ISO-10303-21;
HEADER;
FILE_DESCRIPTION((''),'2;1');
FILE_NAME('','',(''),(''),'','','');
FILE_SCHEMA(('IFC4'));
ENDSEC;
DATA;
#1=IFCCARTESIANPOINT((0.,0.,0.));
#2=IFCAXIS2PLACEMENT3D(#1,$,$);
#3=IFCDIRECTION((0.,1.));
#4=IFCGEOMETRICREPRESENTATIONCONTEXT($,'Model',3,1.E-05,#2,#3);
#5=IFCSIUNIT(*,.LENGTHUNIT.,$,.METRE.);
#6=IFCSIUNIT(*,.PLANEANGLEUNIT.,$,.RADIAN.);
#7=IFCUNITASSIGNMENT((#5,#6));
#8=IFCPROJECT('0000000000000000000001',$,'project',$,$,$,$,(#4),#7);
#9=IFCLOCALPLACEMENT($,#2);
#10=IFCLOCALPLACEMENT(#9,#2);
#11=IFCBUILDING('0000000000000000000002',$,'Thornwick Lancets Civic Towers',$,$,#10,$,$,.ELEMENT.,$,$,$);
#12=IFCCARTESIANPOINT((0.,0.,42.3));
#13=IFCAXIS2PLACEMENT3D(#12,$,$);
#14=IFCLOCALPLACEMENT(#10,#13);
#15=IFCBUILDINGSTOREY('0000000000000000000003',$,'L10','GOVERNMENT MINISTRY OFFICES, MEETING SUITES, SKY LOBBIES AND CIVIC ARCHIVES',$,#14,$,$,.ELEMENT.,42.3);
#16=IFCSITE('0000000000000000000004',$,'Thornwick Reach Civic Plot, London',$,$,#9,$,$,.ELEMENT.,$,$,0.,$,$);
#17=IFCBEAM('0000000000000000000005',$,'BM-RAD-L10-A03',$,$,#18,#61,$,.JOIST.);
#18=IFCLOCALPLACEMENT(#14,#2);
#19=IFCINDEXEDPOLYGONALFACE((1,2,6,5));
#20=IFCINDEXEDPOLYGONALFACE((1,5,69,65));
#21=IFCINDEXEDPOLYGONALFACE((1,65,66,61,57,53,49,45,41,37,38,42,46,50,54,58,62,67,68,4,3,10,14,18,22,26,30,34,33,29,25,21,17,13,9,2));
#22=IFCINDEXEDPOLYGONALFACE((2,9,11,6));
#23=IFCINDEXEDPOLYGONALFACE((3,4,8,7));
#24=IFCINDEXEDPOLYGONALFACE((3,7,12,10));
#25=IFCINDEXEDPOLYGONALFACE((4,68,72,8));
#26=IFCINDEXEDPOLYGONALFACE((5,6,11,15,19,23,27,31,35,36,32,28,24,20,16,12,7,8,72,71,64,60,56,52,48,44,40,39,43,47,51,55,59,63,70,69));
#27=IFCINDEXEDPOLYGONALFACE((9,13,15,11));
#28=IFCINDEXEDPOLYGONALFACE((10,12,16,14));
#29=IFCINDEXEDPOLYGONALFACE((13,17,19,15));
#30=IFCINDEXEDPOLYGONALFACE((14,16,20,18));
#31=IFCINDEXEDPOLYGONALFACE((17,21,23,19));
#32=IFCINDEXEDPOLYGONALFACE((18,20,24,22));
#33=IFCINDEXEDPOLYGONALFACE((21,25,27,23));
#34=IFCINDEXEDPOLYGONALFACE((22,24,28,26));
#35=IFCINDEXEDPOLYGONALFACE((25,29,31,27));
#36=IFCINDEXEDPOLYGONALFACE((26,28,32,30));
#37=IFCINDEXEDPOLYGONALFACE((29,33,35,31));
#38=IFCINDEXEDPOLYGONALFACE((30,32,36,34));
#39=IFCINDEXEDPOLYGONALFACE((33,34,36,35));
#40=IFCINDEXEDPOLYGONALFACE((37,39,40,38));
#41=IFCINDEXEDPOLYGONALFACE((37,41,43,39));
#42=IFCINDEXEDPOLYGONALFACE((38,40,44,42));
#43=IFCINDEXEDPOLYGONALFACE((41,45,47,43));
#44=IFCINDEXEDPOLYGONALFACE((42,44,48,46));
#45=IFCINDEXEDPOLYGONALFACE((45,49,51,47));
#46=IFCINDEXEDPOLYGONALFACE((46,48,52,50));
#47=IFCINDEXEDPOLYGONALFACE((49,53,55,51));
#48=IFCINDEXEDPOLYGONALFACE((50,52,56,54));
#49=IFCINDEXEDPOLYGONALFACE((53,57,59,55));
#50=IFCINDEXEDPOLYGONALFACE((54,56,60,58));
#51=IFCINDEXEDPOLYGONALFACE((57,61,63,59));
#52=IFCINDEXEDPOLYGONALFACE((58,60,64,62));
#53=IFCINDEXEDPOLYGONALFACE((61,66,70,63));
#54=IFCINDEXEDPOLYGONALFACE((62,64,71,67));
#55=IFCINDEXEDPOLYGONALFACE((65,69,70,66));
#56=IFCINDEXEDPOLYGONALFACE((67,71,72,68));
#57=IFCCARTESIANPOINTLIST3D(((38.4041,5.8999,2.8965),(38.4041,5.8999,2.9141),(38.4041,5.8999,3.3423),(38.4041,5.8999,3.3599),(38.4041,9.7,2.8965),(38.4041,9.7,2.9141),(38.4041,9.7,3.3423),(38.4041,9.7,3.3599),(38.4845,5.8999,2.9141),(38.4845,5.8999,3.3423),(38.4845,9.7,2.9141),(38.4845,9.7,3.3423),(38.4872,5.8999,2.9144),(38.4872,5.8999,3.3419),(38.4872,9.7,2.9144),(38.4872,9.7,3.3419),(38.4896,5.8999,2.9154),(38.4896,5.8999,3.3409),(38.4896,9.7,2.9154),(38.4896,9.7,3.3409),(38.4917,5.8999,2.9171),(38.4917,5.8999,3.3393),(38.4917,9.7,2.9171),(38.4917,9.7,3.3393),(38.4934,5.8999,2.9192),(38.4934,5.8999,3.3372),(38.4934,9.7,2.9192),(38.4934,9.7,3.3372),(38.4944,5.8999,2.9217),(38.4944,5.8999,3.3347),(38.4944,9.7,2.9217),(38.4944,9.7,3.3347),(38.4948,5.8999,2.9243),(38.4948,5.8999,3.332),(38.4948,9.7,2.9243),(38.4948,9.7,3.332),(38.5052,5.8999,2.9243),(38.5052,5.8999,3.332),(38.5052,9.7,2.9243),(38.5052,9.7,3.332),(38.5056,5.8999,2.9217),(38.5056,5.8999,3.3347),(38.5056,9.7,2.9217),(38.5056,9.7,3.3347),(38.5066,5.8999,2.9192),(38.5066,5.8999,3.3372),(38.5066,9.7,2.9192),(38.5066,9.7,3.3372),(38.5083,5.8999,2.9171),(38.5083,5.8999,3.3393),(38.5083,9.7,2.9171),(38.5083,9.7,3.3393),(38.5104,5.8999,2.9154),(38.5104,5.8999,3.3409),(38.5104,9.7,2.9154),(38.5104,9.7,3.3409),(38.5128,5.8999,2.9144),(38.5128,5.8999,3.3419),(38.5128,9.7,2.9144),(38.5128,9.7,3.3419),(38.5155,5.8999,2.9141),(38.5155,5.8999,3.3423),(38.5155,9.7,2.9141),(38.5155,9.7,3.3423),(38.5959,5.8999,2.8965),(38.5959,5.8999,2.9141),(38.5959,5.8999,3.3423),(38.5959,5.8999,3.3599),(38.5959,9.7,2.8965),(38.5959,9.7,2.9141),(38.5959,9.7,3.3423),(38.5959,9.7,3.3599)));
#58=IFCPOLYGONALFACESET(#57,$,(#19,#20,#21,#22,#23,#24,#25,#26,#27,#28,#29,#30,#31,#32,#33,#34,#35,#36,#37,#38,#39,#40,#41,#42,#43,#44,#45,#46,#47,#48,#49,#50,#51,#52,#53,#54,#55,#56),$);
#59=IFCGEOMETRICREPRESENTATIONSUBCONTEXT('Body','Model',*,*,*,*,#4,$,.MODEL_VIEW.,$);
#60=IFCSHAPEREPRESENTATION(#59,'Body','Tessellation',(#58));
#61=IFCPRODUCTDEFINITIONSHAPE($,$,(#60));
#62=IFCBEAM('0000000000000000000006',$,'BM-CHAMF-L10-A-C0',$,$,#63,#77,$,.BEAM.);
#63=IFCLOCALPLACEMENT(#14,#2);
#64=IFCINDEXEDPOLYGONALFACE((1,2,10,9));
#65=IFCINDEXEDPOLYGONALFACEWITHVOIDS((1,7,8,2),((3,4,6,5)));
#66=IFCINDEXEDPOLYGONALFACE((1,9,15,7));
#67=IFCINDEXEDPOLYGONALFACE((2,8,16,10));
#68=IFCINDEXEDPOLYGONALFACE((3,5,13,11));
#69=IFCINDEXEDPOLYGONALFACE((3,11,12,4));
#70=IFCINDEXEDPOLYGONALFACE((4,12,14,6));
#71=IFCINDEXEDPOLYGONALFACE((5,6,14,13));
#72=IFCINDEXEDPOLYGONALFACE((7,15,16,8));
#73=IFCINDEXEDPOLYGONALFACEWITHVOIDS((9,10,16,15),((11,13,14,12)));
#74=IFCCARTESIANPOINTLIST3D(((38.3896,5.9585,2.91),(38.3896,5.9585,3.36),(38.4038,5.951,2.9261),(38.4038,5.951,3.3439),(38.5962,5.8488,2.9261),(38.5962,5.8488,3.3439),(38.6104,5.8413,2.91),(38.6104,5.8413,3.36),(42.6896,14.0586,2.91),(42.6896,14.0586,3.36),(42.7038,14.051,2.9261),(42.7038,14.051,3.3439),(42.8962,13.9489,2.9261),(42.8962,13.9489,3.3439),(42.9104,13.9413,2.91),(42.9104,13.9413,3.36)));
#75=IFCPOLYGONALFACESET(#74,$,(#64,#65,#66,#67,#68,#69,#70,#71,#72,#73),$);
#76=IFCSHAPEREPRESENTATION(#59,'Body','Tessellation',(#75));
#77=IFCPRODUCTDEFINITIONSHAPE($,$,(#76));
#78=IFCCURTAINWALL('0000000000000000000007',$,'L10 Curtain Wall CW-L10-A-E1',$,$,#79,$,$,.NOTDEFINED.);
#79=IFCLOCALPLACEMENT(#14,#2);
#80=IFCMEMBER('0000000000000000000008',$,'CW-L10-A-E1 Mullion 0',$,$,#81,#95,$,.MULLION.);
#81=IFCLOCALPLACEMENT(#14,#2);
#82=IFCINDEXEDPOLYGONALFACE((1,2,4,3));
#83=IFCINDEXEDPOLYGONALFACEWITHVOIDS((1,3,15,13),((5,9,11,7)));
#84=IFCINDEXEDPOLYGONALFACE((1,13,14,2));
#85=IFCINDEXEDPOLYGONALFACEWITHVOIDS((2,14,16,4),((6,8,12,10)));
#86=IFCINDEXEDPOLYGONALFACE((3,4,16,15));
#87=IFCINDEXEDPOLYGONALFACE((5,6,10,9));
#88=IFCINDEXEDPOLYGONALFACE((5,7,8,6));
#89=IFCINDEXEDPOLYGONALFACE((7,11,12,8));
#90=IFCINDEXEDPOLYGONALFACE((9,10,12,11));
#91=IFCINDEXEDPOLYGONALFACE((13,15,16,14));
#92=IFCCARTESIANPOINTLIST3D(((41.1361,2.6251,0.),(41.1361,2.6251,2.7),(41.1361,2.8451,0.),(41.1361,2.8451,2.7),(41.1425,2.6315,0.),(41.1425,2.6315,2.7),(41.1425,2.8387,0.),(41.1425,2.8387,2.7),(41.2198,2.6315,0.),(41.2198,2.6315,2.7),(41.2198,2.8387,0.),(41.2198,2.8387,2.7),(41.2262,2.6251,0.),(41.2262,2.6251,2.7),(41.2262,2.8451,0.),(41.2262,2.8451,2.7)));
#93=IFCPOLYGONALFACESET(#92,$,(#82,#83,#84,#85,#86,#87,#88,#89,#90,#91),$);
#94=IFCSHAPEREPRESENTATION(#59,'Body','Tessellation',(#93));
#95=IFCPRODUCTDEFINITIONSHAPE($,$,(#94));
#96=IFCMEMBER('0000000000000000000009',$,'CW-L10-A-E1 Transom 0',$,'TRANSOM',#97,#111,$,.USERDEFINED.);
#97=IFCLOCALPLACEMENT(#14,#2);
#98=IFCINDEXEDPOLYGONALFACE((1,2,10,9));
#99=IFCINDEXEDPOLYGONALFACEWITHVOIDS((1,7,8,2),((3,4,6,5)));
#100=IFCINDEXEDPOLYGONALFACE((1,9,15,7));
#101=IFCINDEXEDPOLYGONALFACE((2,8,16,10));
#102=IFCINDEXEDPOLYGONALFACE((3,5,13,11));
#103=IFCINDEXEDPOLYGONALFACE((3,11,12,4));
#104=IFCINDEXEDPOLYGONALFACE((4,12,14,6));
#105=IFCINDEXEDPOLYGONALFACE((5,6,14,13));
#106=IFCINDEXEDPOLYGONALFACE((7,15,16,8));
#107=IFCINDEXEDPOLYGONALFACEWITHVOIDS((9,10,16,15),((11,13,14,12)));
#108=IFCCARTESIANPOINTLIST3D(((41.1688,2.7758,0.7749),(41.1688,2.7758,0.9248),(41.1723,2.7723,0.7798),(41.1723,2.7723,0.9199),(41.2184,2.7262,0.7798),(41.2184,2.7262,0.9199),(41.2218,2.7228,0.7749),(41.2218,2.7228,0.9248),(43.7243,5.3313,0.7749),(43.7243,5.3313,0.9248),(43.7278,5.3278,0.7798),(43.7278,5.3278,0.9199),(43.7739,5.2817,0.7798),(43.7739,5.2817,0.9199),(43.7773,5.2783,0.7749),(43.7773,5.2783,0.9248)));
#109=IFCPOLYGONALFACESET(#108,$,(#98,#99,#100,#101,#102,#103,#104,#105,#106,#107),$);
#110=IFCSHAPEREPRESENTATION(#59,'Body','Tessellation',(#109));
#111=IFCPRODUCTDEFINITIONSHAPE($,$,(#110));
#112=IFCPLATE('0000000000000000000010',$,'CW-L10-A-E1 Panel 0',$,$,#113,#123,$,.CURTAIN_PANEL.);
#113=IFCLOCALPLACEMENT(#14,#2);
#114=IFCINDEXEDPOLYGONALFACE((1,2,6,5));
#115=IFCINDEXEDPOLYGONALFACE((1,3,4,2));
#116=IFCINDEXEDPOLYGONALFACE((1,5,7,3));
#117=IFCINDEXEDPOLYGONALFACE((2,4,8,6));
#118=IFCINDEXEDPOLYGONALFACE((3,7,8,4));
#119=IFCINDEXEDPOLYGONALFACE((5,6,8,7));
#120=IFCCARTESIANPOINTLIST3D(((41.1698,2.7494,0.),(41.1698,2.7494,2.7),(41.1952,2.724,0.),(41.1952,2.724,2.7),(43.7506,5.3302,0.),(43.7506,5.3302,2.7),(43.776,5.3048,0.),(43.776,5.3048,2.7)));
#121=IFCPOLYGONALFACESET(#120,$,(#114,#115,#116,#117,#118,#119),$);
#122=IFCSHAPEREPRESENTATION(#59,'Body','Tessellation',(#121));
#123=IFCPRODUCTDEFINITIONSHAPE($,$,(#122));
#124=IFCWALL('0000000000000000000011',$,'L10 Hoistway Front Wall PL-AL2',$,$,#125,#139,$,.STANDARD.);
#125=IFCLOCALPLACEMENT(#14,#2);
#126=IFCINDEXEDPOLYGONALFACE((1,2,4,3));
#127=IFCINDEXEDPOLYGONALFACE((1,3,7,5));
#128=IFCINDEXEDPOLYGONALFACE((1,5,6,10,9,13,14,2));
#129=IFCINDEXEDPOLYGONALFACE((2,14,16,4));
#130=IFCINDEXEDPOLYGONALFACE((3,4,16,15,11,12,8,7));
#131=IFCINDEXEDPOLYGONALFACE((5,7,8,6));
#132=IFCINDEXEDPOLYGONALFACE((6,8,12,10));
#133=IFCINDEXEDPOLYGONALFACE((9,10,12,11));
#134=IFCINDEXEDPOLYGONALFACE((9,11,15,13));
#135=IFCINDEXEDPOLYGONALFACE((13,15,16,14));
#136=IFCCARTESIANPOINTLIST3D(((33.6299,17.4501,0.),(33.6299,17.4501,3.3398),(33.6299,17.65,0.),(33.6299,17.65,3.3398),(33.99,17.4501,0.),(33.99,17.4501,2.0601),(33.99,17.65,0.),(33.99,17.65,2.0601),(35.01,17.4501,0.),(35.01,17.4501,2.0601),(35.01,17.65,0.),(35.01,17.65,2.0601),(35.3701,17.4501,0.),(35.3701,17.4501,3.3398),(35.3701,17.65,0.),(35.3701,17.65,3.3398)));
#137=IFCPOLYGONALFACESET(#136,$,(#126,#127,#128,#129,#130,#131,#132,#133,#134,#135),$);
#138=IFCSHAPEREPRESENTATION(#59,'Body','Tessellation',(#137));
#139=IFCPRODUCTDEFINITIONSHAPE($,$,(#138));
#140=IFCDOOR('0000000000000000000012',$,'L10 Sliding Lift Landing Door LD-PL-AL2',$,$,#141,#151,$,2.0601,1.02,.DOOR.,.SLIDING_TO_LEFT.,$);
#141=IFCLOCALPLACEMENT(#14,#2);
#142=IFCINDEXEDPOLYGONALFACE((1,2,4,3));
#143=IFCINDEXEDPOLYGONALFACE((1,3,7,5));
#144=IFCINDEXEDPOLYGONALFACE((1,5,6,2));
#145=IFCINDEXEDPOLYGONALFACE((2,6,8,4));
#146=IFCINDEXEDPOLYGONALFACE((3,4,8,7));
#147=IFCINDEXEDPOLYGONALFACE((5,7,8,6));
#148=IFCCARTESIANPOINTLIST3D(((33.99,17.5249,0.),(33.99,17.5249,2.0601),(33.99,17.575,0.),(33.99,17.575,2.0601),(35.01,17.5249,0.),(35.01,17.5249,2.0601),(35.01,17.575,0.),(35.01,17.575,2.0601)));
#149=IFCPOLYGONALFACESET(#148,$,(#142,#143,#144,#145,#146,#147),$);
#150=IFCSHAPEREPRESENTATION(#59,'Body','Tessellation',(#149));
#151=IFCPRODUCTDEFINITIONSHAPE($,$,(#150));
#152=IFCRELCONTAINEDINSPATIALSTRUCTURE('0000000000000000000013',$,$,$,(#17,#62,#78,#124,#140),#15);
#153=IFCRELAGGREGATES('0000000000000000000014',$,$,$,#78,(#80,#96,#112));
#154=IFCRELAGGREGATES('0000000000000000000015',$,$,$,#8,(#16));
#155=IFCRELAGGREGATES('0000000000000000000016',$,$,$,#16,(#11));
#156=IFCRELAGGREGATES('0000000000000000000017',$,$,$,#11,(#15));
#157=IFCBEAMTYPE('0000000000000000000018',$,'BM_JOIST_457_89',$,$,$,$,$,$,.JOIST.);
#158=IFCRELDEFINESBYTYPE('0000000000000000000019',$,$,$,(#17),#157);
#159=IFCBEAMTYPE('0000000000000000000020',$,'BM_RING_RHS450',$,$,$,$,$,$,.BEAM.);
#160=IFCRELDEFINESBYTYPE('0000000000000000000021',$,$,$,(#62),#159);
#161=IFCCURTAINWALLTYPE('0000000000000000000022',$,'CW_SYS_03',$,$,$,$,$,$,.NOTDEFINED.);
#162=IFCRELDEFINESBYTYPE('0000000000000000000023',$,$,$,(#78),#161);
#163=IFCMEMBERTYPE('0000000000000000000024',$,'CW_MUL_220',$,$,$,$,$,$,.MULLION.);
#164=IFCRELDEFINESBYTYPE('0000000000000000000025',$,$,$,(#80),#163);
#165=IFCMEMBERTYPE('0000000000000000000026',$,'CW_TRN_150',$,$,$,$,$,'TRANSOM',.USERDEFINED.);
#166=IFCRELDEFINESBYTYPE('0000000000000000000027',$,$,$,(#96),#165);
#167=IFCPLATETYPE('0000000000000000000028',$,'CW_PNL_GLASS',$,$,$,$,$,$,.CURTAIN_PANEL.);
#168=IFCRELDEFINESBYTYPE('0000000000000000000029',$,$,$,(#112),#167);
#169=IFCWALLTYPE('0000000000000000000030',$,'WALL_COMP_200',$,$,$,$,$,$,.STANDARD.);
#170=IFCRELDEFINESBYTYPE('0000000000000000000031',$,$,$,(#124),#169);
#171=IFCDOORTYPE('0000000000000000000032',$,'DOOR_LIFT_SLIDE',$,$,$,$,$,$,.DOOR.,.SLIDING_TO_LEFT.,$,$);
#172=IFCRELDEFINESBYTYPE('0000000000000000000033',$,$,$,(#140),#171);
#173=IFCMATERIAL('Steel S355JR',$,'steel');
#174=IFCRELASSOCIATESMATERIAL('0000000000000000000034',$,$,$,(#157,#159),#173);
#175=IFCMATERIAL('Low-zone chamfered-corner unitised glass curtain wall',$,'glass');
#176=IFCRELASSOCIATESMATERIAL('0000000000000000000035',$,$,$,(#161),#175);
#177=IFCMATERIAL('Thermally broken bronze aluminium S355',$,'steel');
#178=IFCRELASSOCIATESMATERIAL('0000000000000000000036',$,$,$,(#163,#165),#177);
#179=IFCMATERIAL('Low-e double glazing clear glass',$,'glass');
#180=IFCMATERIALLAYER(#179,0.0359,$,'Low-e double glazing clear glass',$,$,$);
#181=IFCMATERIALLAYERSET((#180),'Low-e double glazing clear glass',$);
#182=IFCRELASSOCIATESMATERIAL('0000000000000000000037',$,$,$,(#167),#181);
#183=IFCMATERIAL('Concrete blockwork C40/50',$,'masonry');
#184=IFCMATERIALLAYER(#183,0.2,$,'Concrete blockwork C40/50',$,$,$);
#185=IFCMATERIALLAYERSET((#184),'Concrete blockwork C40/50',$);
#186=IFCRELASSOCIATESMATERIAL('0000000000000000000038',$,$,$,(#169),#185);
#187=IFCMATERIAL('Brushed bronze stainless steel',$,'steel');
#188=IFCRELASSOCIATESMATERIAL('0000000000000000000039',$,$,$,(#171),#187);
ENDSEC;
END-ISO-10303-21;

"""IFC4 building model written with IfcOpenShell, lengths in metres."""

from ifc_helpers import new_model, si_unit, direction, frame, frame_2d, origin, origin_2d, place, context, subcontext, project, spatial, rectangle, hollow_rectangle, i_section, extrude, material, layer, layer_set, material_profile, profile_set, type_object, element, fill, aggregate, save


model = new_model("IFC4")

# Units and contexts
model_context = context("Model", 3, precision=1e-05, world=origin(), true_north=direction((0.0, 1.0)))
body_context = subcontext(model_context, "Body", "Model", "MODEL_VIEW")
ifc_project = project(units=[si_unit("LENGTHUNIT", "METRE"), si_unit("PLANEANGLEUNIT", "RADIAN")], contexts=[model_context])

# Site, building, storey
site_placement = place(None, origin())
site = spatial("IfcSite", under=ifc_project, at=site_placement, Name="Thornwick Reach Civic Plot, London", CompositionType="ELEMENT", RefElevation=0.0)
building_placement = place(site_placement, origin())
building = spatial("IfcBuilding", under=site, at=building_placement, Name="Thornwick Lancets Civic Towers", CompositionType="ELEMENT")
storey_placement = place(building_placement, frame((0.0, 0.0, 42.3)))
storey = spatial("IfcBuildingStorey", under=building, at=storey_placement, Name="L10", Description="GOVERNMENT MINISTRY OFFICES, MEETING SUITES, SKY LOBBIES AND CIVIC ARCHIVES", CompositionType="ELEMENT", Elevation=42.3)

# Beams
ifc_material_1 = material(Name="Steel S355JR", Category="steel")
ifc_material_profile_1 = material_profile(ifc_material_1, i_section(OverallWidth=0.1919, OverallDepth=0.4634, WebThickness=0.0105, FlangeThickness=0.0176, FilletRadius=0.0103, at=origin_2d()), Name="UKB 457x191x89")
ifc_profile_set_1 = profile_set([ifc_material_profile_1], Name="Steel S355JR")
beam_type_1 = type_object("IfcBeamType", Name="BM_JOIST_457_89", PredefinedType="JOIST", material=ifc_profile_set_1)
beam_1_placement = place(storey_placement, frame((38.5, 9.7, 3.1282), z_axis=(0.0, -1.0, 0.0), x_axis=(1.0, 0.0, 0.0)))
element("IfcBeam", 1, at=beam_1_placement, inside=storey, type_object=beam_type_1, Name="BM-RAD-L10-A03", PredefinedType="JOIST", context=body_context, shape_type="SweptSolid", body=[
    extrude(i_section(OverallWidth=0.1919, OverallDepth=0.4634, WebThickness=0.0105, FlangeThickness=0.0176, FilletRadius=0.0103, at=origin_2d()), origin(), (0.0, 0.0, 1.0), 3.8),
])
ifc_material_profile_2 = material_profile(ifc_material_1, hollow_rectangle(XDim=0.25, YDim=0.45, WallThickness=0.0161, at=origin_2d()), Name="RHS 450x250x16")
ifc_profile_set_2 = profile_set([ifc_material_profile_2], Name="Steel S355JR")
beam_type_2 = type_object("IfcBeamType", Name="BM_RING_RHS450", PredefinedType="BEAM", material=ifc_profile_set_2)
beam_2_placement = place(storey_placement, frame((38.5, 5.8999, 3.135), z_axis=(0.468889, 0.883257, 0.0), x_axis=(-0.883257, 0.468889, 0.0)))
element("IfcBeam", 2, at=beam_2_placement, inside=storey, type_object=beam_type_2, Name="BM-CHAMF-L10-A-C0", PredefinedType="BEAM", context=body_context, shape_type="SweptSolid", body=[
    extrude(hollow_rectangle(XDim=0.25, YDim=0.45, WallThickness=0.0161, at=origin_2d()), origin(), (0.0, 0.0, 1.0), 9.1707),
])

# Curtain wall, members, plate
ifc_material_2 = material(Name="Low-zone chamfered-corner unitised glass curtain wall", Category="glass")
curtain_wall_type = type_object("IfcCurtainWallType", Name="CW_SYS_03", PredefinedType="NOTDEFINED", material=ifc_material_2)
curtain_wall_placement = place(storey_placement, origin())
curtain_wall = element("IfcCurtainWall", 3, at=curtain_wall_placement, inside=storey, type_object=curtain_wall_type, Name="L10 Curtain Wall CW-L10-A-E1", PredefinedType="NOTDEFINED")
ifc_material_3 = material(Name="Thermally broken bronze aluminium S355", Category="steel")
ifc_material_profile_3 = material_profile(ifc_material_3, hollow_rectangle(XDim=0.0901, YDim=0.22, WallThickness=0.0063, at=origin_2d()), Name="RHS 220x90x6.3")
ifc_profile_set_3 = profile_set([ifc_material_profile_3], Name="Thermally broken bronze aluminium S355")
member_type_1 = type_object("IfcMemberType", Name="CW_MUL_220", PredefinedType="MULLION", material=ifc_profile_set_3)
member_1_placement = place(storey_placement, frame((41.1812, 2.7351, 0.0), z_axis=(0.0, 0.0, 1.0), x_axis=(1.0, 0.0, 0.0)))
member_1 = element("IfcMember", 4, at=member_1_placement, type_object=member_type_1, Name="CW-L10-A-E1 Mullion 0", PredefinedType="MULLION", context=body_context, shape_type="SweptSolid", body=[
    extrude(hollow_rectangle(XDim=0.0901, YDim=0.22, WallThickness=0.0063, at=origin_2d()), origin(), (0.0, 0.0, 1.0), 2.7),
])
ifc_material_profile_4 = material_profile(ifc_material_3, hollow_rectangle(XDim=0.075, YDim=0.1499, WallThickness=0.0049, at=origin_2d()), Name="RHS 150x75x5")
ifc_profile_set_4 = profile_set([ifc_material_profile_4], Name="Thermally broken bronze aluminium S355")
member_type_2 = type_object("IfcMemberType", Name="CW_TRN_150", ElementType="TRANSOM", PredefinedType="USERDEFINED", material=ifc_profile_set_4)
member_2_placement = place(storey_placement, frame((41.1953, 2.7493, 0.8499), z_axis=(0.707107, 0.707107, 0.0), x_axis=(-0.707107, 0.707107, 0.0)))
member_2 = element("IfcMember", 5, at=member_2_placement, type_object=member_type_2, Name="CW-L10-A-E1 Transom 0", ObjectType="TRANSOM", PredefinedType="USERDEFINED", context=body_context, shape_type="SweptSolid", body=[
    extrude(hollow_rectangle(XDim=0.075, YDim=0.1499, WallThickness=0.0049, at=origin_2d()), origin(), (0.0, 0.0, 1.0), 3.614),
])
ifc_material_4 = material(Name="Low-e double glazing clear glass", Category="glass")
ifc_layer_1 = layer(ifc_material_4, 0.0359, Name="Low-e double glazing clear glass")
ifc_layer_set_1 = layer_set([ifc_layer_1], Name="Low-e double glazing clear glass")
plate_type = type_object("IfcPlateType", Name="CW_PNL_GLASS", PredefinedType="CURTAIN_PANEL", material=ifc_layer_set_1)
plate_placement = place(storey_placement, frame((42.4729, 4.0271, 0.0), z_axis=(0.0, 0.0, 1.0), x_axis=(0.707107, 0.707107, 0.0)))
plate = element("IfcPlate", 6, at=plate_placement, type_object=plate_type, Name="CW-L10-A-E1 Panel 0", PredefinedType="CURTAIN_PANEL", context=body_context, shape_type="SweptSolid", body=[
    extrude(rectangle(XDim=3.6499, YDim=0.0359, at=origin_2d()), origin(), (0.0, 0.0, 1.0), 2.7),
])
aggregate(curtain_wall, [member_1, member_2, plate])

# Wall, opening, door
ifc_material_5 = material(Name="Concrete blockwork C40/50", Category="masonry")
ifc_layer_2 = layer(ifc_material_5, 0.2, Name="Concrete blockwork C40/50")
ifc_layer_set_2 = layer_set([ifc_layer_2], Name="Concrete blockwork C40/50")
wall_type_1 = type_object("IfcWallType", Name="WALL_COMP_200", PredefinedType="STANDARD", material=ifc_layer_set_2)
wall_1_placement = place(storey_placement, frame((33.6299, 17.55, 0.0), z_axis=(0.0, 0.0, 1.0), x_axis=(1.0, 0.0, 0.0)))
wall_1 = element("IfcWall", 7, at=wall_1_placement, inside=storey, type_object=wall_type_1, Name="L10 Hoistway Front Wall PL-AL2", PredefinedType="STANDARD", context=body_context, shape_type="SweptSolid", body=[
    extrude(rectangle(XDim=1.7402, YDim=0.2, at=frame_2d((0.8701, 0.0))), origin(), (0.0, 0.0, 1.0), 3.3398),
])
opening_1_placement = place(wall_1_placement, frame((0.3601, 0.0, 0.0)))
opening_1 = element("IfcOpeningElement", 8, at=opening_1_placement, cuts=wall_1, PredefinedType="OPENING", context=body_context, shape_type="SweptSolid", body=[
    extrude(rectangle(XDim=1.02, YDim=2.0601, at=frame_2d((0.51, 1.03))), frame((0.0, 0.1099, 0.0), z_axis=(0.0, -1.0, 0.0), x_axis=(1.0, 0.0, 0.0)), (0.0, 0.0, 1.0), 0.22),
])
ifc_material_6 = material(Name="Brushed bronze stainless steel", Category="steel")
door_type_1 = type_object("IfcDoorType", Name="DOOR_LIFT_SLIDE", OperationType="SLIDING_TO_LEFT", PredefinedType="DOOR", material=ifc_material_6)
door_1_placement = place(opening_1_placement, origin())
door_1 = element("IfcDoor", 9, at=door_1_placement, inside=storey, type_object=door_type_1, Name="L10 Sliding Lift Landing Door LD-PL-AL2", OperationType="SLIDING_TO_LEFT", OverallHeight=2.0601, OverallWidth=1.02, PredefinedType="DOOR", context=body_context, shape_type="SweptSolid", body=[
    extrude(rectangle(XDim=1.02, YDim=2.0601, at=frame_2d((0.51, 1.03))), frame((0.0, 0.0249, 0.0), z_axis=(0.0, -1.0, 0.0), x_axis=(1.0, 0.0, 0.0)), (0.0, 0.0, 1.0), 0.05),
])
fill(opening_1, door_1)

save(model, "model.ifc")
